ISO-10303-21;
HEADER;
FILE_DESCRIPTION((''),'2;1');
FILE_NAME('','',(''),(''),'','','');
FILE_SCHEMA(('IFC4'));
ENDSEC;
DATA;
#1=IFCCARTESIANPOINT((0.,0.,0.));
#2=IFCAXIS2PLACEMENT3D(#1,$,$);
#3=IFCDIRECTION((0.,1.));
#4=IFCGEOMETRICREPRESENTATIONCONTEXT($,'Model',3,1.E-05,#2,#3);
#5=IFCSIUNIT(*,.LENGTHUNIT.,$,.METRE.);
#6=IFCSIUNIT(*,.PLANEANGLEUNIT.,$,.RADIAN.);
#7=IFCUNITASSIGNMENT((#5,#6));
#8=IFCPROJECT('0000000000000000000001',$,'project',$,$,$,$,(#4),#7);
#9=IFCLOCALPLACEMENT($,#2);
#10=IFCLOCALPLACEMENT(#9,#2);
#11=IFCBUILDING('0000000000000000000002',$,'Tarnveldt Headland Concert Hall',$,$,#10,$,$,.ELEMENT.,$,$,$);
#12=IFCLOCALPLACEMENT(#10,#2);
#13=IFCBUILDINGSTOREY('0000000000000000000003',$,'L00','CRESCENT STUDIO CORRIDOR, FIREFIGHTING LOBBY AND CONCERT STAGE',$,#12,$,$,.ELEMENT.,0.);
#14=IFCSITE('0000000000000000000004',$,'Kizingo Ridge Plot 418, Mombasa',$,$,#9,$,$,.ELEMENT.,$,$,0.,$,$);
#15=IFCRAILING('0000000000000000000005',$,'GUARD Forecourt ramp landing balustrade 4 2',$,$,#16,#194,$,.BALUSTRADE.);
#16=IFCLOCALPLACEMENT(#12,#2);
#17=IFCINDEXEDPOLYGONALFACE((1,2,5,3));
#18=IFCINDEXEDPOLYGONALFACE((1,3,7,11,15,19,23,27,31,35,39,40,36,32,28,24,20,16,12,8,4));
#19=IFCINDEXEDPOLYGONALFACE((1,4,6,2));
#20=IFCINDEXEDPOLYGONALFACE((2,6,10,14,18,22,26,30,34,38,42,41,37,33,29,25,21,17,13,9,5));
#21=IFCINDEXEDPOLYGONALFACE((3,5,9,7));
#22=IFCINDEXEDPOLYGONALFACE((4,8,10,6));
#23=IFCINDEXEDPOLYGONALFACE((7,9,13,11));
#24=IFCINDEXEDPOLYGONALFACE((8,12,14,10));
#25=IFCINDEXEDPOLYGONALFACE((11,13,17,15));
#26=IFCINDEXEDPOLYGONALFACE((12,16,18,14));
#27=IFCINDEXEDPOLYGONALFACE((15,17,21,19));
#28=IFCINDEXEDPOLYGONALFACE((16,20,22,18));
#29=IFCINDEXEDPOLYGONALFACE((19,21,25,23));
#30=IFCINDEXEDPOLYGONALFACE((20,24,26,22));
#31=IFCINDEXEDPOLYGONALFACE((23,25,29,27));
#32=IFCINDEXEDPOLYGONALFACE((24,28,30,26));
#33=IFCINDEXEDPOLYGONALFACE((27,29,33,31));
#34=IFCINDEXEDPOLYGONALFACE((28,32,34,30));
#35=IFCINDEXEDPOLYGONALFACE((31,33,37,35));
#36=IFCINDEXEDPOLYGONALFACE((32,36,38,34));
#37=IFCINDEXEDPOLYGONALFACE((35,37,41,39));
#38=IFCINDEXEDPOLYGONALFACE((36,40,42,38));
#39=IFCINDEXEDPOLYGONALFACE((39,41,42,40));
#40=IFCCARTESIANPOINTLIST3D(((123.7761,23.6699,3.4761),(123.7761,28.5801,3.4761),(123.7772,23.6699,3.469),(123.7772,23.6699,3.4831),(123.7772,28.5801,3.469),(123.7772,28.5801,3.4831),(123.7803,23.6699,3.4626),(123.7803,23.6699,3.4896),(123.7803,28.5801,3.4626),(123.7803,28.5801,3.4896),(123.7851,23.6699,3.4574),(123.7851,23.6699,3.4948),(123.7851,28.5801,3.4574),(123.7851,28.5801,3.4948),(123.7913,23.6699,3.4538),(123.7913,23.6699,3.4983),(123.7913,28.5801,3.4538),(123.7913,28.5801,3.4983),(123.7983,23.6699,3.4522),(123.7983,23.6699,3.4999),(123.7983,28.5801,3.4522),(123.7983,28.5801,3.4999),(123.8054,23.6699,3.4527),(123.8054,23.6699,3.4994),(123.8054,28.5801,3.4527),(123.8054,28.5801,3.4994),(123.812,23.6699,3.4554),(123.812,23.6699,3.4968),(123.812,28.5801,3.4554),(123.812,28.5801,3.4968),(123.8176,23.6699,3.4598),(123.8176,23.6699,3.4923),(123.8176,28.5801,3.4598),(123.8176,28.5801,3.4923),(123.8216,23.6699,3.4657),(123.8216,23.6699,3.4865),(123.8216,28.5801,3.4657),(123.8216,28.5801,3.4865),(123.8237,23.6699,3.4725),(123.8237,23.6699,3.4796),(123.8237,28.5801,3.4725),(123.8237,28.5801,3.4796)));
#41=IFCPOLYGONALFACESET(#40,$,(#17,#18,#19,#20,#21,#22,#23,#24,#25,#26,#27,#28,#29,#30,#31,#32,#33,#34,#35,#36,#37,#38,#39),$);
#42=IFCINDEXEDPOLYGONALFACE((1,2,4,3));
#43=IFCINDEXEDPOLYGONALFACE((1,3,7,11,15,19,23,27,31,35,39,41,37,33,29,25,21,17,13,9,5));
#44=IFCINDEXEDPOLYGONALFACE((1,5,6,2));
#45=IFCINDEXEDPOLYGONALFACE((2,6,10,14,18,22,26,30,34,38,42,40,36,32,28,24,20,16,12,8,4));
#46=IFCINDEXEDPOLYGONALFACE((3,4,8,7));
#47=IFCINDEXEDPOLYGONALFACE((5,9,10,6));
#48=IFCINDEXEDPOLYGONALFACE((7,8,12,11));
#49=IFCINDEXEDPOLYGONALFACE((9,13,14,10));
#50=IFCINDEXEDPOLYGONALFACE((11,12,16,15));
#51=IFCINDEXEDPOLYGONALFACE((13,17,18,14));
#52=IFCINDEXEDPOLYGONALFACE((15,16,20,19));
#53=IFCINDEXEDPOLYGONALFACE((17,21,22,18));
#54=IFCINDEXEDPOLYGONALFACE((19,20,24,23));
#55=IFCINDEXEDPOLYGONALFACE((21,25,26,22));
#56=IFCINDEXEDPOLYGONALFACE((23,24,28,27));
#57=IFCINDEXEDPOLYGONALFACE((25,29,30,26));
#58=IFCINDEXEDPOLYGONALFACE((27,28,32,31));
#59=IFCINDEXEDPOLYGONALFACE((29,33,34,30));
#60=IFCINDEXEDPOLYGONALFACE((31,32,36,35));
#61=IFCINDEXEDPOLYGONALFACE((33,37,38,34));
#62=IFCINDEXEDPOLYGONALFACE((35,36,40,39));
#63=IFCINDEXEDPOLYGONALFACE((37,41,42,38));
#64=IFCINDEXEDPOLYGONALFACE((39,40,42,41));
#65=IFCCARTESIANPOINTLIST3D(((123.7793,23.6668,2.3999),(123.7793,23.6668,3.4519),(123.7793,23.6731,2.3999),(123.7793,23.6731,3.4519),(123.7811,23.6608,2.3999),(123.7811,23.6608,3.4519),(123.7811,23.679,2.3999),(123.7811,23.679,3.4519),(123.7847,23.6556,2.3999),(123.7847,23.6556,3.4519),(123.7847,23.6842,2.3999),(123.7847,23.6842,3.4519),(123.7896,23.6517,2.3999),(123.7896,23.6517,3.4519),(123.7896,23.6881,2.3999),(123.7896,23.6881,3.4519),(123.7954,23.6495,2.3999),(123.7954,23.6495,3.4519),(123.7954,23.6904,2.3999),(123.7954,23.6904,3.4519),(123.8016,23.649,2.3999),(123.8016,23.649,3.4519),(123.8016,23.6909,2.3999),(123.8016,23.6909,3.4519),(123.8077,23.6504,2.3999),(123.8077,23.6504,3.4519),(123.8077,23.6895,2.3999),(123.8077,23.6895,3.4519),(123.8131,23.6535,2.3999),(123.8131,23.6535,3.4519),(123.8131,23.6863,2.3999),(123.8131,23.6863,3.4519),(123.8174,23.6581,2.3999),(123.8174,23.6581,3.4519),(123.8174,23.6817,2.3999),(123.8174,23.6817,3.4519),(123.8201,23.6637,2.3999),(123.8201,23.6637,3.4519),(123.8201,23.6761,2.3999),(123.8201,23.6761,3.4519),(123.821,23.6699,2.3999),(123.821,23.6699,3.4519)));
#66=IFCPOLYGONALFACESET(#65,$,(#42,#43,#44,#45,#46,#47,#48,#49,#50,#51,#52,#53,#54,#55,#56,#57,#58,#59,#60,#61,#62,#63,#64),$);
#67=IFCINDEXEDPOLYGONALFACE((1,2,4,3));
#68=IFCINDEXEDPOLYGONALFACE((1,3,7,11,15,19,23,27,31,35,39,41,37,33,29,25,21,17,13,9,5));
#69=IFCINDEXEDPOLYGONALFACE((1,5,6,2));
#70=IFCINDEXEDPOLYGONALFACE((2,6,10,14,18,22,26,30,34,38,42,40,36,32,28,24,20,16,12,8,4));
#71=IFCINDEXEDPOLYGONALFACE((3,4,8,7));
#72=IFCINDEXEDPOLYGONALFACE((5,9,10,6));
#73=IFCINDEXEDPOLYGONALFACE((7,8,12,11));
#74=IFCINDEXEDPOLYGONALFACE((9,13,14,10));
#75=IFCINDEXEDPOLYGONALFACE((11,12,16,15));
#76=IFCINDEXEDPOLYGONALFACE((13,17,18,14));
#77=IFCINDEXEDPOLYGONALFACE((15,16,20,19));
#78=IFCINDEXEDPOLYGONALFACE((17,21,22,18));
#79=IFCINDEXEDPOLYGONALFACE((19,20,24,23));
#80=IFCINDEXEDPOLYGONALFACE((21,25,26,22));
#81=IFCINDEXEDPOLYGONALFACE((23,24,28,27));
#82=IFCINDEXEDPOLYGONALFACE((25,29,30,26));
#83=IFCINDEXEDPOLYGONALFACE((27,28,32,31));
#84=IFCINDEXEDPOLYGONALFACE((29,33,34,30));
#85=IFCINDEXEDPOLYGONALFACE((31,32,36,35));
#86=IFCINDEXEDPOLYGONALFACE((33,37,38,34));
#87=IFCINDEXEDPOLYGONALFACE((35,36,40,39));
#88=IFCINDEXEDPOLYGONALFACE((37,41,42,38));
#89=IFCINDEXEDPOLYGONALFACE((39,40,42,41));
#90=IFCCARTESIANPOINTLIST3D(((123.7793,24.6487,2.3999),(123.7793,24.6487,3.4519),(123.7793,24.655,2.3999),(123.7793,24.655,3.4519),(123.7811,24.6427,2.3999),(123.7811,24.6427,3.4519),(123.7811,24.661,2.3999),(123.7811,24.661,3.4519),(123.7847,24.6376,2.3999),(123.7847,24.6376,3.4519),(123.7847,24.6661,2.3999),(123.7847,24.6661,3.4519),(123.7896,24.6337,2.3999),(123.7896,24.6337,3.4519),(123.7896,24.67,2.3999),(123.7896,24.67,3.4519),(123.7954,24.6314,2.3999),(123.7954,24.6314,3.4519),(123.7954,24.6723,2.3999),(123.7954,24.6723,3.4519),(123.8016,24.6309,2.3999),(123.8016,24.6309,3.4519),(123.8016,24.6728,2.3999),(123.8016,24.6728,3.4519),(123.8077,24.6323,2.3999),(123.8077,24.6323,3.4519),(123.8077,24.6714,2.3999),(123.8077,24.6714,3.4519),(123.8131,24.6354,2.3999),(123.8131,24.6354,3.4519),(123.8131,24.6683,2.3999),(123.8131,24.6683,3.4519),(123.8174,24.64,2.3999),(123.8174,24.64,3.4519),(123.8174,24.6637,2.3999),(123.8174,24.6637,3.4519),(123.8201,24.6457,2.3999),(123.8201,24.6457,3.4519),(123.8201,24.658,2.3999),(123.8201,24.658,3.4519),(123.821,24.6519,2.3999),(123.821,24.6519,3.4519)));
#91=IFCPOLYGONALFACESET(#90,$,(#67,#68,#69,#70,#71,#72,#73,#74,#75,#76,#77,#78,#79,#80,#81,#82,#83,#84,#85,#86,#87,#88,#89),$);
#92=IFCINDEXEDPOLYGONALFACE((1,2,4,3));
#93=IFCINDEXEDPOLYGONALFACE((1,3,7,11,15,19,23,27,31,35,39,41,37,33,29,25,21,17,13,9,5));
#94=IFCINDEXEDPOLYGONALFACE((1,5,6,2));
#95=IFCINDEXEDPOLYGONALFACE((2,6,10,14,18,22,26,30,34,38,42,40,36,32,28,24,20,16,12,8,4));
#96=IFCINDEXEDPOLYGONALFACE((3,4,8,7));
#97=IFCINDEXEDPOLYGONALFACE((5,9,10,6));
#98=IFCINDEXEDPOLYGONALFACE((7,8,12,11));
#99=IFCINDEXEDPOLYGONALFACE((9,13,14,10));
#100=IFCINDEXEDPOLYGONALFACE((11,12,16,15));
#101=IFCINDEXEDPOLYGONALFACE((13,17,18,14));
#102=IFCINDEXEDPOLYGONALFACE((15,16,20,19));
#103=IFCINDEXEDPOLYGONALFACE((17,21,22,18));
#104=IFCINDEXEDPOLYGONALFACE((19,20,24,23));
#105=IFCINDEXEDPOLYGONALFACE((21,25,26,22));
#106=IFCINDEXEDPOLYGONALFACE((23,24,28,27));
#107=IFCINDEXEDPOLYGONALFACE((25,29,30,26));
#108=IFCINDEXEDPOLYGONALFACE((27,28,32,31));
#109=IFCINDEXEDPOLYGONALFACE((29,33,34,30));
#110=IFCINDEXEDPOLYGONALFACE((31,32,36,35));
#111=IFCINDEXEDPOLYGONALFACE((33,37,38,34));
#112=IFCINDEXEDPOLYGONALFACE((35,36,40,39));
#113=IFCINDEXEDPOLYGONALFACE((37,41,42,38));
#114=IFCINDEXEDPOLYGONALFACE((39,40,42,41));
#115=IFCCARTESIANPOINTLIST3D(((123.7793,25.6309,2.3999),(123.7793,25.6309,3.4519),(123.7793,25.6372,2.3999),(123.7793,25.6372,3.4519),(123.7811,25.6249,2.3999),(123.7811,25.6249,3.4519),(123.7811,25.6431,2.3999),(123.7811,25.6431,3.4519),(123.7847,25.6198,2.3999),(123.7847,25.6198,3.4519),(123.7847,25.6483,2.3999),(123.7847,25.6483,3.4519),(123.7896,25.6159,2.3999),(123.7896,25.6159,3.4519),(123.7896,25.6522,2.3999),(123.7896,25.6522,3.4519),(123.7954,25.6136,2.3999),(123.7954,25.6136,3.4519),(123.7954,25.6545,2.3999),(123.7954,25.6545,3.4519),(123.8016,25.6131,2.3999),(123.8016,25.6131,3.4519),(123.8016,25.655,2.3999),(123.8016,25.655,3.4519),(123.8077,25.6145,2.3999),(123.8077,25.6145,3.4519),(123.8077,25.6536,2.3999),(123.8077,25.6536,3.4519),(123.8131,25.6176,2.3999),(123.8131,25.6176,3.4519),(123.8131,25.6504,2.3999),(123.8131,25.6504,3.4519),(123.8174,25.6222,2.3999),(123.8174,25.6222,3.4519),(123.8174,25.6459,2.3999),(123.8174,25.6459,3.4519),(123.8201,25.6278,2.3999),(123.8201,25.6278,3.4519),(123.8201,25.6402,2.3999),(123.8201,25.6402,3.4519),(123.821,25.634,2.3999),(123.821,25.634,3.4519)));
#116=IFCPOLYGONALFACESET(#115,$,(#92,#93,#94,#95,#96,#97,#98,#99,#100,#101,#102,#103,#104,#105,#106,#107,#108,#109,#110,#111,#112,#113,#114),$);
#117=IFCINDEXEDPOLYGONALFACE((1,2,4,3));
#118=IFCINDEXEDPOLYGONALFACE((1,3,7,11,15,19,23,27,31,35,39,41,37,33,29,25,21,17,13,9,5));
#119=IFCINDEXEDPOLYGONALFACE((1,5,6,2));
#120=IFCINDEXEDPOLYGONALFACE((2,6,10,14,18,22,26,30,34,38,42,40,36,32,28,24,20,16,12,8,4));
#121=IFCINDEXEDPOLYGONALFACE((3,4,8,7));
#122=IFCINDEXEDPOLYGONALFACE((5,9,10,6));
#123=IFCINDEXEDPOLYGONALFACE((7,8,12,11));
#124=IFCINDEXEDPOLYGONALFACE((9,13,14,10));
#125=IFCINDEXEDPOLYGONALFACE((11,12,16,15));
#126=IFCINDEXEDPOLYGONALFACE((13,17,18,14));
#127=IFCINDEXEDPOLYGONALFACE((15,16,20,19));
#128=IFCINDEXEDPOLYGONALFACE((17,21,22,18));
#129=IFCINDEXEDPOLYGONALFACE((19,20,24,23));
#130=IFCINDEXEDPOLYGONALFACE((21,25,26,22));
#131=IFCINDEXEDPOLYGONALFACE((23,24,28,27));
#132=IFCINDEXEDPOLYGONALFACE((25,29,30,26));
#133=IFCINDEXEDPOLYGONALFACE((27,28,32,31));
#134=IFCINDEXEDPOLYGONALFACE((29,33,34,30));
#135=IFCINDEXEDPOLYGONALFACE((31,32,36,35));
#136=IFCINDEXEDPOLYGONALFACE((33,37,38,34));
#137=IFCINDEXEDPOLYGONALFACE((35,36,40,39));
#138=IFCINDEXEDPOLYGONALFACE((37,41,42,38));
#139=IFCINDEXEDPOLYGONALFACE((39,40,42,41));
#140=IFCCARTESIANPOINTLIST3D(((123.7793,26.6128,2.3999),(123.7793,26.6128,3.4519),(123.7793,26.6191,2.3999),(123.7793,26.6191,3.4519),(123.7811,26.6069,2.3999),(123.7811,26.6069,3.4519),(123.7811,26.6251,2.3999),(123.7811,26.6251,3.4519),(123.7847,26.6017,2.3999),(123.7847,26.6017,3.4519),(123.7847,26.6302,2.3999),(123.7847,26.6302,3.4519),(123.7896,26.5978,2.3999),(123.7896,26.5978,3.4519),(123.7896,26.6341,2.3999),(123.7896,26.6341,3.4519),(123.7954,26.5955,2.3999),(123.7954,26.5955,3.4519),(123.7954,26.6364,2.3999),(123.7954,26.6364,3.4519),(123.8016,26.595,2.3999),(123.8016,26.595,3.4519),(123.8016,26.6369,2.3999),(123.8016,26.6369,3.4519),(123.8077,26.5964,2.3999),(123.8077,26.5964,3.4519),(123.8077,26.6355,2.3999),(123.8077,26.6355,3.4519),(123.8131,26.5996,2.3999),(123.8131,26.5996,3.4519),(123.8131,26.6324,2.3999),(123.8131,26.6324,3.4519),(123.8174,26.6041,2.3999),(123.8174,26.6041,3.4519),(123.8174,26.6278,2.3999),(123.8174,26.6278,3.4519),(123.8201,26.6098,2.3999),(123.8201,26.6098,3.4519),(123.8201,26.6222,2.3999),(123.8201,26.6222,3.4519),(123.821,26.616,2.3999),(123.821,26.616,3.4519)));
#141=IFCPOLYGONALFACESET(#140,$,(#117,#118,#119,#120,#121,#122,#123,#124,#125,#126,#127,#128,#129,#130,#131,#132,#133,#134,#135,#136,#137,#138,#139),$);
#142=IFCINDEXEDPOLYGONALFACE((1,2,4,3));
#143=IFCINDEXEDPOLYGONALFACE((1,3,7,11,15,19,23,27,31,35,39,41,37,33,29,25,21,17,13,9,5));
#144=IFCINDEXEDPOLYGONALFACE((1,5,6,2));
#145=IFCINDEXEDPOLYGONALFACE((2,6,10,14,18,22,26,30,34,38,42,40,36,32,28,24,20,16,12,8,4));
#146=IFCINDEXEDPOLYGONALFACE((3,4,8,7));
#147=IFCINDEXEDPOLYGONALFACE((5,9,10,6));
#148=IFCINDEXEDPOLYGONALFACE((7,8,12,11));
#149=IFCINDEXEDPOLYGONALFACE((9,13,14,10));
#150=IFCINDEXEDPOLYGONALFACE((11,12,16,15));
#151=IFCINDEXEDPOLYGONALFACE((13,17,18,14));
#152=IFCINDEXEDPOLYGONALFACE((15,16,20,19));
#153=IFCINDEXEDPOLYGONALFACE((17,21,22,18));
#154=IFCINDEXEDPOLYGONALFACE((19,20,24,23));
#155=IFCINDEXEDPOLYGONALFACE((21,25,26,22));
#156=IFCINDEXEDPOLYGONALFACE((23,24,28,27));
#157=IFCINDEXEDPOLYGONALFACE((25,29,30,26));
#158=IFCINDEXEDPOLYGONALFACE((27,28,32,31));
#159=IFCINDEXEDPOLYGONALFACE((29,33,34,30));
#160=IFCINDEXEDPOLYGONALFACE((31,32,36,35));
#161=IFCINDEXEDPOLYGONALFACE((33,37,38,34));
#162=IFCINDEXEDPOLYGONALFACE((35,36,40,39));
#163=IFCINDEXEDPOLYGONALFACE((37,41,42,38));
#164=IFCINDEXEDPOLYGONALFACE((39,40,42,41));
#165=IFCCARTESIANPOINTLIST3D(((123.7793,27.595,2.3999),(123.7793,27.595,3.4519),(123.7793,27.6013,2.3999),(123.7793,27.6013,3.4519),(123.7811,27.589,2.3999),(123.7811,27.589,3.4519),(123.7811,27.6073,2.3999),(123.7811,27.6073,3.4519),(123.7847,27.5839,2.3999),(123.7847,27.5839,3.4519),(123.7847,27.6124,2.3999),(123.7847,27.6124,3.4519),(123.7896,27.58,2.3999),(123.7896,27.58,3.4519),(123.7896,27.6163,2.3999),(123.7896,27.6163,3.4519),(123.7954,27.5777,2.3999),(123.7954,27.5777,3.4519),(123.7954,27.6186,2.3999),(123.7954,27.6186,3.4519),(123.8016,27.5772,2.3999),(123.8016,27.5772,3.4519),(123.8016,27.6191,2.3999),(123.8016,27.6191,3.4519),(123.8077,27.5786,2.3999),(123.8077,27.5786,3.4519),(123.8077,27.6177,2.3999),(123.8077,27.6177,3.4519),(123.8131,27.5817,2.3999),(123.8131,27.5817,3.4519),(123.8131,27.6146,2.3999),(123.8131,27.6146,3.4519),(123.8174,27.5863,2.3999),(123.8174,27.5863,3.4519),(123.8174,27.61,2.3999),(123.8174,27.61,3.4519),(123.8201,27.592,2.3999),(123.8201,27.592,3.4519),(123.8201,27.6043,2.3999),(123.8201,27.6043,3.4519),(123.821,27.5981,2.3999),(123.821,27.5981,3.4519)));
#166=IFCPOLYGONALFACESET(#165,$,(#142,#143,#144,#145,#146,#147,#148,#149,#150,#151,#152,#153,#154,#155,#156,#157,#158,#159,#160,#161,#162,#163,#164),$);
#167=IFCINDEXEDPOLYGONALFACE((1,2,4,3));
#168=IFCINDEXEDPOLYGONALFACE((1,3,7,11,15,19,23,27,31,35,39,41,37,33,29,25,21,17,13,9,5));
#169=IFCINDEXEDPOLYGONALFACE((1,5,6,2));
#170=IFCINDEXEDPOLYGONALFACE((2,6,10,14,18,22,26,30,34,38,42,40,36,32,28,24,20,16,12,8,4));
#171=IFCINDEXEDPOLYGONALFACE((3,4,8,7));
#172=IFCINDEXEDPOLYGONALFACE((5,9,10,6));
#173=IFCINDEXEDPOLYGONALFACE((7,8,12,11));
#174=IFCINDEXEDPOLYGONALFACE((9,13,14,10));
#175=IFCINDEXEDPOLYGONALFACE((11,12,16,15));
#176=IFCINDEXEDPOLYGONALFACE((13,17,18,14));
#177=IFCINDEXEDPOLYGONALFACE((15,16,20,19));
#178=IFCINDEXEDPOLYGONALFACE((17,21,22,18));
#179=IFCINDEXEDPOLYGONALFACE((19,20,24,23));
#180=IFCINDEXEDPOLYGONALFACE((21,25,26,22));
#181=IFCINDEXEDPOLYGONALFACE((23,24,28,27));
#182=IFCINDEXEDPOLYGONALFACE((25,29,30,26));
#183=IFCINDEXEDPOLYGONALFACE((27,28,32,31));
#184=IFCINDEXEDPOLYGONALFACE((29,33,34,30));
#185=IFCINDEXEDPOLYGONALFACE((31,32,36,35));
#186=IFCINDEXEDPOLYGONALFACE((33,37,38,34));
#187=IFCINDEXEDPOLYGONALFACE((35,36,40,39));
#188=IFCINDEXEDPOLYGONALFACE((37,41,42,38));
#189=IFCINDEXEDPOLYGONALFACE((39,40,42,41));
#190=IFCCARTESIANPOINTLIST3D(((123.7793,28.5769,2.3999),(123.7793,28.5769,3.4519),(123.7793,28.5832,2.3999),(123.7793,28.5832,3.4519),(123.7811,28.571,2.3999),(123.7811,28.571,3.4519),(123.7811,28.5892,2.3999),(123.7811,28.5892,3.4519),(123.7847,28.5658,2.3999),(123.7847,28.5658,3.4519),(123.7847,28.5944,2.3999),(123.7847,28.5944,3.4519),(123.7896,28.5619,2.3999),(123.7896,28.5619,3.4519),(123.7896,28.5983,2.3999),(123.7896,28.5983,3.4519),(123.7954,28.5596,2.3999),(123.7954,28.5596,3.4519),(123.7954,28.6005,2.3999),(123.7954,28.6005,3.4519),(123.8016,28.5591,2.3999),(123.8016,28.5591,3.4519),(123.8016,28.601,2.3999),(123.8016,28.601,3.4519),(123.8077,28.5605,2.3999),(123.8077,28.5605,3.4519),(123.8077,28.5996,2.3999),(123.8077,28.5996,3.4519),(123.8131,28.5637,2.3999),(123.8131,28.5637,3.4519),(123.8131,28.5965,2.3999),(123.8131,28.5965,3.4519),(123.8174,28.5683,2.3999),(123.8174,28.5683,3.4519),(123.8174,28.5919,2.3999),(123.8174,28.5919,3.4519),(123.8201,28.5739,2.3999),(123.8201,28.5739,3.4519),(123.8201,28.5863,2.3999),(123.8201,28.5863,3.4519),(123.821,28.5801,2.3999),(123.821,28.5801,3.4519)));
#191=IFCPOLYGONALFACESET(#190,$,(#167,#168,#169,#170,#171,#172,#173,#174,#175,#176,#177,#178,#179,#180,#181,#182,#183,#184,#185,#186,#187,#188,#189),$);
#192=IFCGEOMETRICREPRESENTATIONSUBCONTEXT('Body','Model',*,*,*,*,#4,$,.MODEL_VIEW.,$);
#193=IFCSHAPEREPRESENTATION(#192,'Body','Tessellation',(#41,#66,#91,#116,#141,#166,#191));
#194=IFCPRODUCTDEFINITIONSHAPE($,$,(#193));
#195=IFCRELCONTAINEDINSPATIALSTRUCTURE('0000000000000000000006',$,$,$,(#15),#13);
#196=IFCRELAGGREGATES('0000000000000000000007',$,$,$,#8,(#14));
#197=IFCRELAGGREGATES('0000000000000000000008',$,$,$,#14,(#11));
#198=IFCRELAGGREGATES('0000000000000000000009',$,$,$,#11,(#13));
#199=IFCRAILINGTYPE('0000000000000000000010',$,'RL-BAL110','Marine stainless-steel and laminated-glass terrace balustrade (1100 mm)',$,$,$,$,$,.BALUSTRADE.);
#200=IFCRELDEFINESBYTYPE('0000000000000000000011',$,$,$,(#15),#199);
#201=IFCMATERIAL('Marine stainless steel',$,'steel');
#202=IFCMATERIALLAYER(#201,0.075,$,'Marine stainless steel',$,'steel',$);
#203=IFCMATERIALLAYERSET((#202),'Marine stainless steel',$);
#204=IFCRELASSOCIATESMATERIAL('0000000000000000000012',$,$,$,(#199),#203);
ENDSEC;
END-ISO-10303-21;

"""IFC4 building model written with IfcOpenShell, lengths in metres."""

from ifc_helpers import new_model, si_unit, direction, frame, origin, origin_2d, place, context, subcontext, project, spatial, circle, extrude, material, layer, layer_set, type_object, element, save


model = new_model("IFC4")

# Units and contexts
model_context = context("Model", 3, precision=1e-05, world=origin(), true_north=direction((0.0, 1.0)))
body_context = subcontext(model_context, "Body", "Model", "MODEL_VIEW")
ifc_project = project(units=[si_unit("LENGTHUNIT", "METRE"), si_unit("PLANEANGLEUNIT", "RADIAN")], contexts=[model_context])

# Site, building, storey
site_placement = place(None, origin())
site = spatial("IfcSite", under=ifc_project, at=site_placement, Name="Kizingo Ridge Plot 418, Mombasa", CompositionType="ELEMENT", RefElevation=0.0)
building_placement = place(site_placement, origin())
building = spatial("IfcBuilding", under=site, at=building_placement, Name="Tarnveldt Headland Concert Hall", CompositionType="ELEMENT")
storey_placement = place(building_placement, origin())
storey = spatial("IfcBuildingStorey", under=building, at=storey_placement, Name="L00", Description="CRESCENT STUDIO CORRIDOR, FIREFIGHTING LOBBY AND CONCERT STAGE", CompositionType="ELEMENT", Elevation=0.0)

# Railing
ifc_material_1 = material(Name="Marine stainless steel", Category="steel")
ifc_layer_1 = layer(ifc_material_1, 0.075, Name="Marine stainless steel", Category="steel")
ifc_layer_set_1 = layer_set([ifc_layer_1], Name="Marine stainless steel")
railing_type = type_object("IfcRailingType", Name="RL-BAL110", Description="Marine stainless-steel and laminated-glass terrace balustrade (1100 mm)", PredefinedType="BALUSTRADE", material=ifc_layer_set_1)
railing_1_placement = place(storey_placement, frame((123.8, 23.6699, 2.3999)))
element("IfcRailing", 1, at=railing_1_placement, inside=storey, type_object=railing_type, Name="GUARD Forecourt ramp landing balustrade 4 2", PredefinedType="BALUSTRADE", context=body_context, shape_type="SweptSolid", body=[
    extrude(circle(Radius=0.0239, at=origin_2d()), frame((0.0, 0.0, 1.0762), z_axis=(0.0, 1.0, 0.0), x_axis=(-1.0, 0.0, 0.0)), (0.0, 0.0, 1.0), 4.9102),
    extrude(circle(Radius=0.021, at=origin_2d()), origin(), (0.0, 0.0, 1.0), 1.052),
    extrude(circle(Radius=0.021, at=origin_2d()), frame((0.0, 0.9819, 0.0)), (0.0, 0.0, 1.0), 1.052),
    extrude(circle(Radius=0.021, at=origin_2d()), frame((0.0, 1.9641, 0.0)), (0.0, 0.0, 1.0), 1.052),
    extrude(circle(Radius=0.021, at=origin_2d()), frame((0.0, 2.946, 0.0)), (0.0, 0.0, 1.0), 1.052),
    extrude(circle(Radius=0.021, at=origin_2d()), frame((0.0, 3.9282, 0.0)), (0.0, 0.0, 1.0), 1.052),
    extrude(circle(Radius=0.021, at=origin_2d()), frame((0.0, 4.9102, 0.0)), (0.0, 0.0, 1.0), 1.052),
])

save(model, "model.ifc")
